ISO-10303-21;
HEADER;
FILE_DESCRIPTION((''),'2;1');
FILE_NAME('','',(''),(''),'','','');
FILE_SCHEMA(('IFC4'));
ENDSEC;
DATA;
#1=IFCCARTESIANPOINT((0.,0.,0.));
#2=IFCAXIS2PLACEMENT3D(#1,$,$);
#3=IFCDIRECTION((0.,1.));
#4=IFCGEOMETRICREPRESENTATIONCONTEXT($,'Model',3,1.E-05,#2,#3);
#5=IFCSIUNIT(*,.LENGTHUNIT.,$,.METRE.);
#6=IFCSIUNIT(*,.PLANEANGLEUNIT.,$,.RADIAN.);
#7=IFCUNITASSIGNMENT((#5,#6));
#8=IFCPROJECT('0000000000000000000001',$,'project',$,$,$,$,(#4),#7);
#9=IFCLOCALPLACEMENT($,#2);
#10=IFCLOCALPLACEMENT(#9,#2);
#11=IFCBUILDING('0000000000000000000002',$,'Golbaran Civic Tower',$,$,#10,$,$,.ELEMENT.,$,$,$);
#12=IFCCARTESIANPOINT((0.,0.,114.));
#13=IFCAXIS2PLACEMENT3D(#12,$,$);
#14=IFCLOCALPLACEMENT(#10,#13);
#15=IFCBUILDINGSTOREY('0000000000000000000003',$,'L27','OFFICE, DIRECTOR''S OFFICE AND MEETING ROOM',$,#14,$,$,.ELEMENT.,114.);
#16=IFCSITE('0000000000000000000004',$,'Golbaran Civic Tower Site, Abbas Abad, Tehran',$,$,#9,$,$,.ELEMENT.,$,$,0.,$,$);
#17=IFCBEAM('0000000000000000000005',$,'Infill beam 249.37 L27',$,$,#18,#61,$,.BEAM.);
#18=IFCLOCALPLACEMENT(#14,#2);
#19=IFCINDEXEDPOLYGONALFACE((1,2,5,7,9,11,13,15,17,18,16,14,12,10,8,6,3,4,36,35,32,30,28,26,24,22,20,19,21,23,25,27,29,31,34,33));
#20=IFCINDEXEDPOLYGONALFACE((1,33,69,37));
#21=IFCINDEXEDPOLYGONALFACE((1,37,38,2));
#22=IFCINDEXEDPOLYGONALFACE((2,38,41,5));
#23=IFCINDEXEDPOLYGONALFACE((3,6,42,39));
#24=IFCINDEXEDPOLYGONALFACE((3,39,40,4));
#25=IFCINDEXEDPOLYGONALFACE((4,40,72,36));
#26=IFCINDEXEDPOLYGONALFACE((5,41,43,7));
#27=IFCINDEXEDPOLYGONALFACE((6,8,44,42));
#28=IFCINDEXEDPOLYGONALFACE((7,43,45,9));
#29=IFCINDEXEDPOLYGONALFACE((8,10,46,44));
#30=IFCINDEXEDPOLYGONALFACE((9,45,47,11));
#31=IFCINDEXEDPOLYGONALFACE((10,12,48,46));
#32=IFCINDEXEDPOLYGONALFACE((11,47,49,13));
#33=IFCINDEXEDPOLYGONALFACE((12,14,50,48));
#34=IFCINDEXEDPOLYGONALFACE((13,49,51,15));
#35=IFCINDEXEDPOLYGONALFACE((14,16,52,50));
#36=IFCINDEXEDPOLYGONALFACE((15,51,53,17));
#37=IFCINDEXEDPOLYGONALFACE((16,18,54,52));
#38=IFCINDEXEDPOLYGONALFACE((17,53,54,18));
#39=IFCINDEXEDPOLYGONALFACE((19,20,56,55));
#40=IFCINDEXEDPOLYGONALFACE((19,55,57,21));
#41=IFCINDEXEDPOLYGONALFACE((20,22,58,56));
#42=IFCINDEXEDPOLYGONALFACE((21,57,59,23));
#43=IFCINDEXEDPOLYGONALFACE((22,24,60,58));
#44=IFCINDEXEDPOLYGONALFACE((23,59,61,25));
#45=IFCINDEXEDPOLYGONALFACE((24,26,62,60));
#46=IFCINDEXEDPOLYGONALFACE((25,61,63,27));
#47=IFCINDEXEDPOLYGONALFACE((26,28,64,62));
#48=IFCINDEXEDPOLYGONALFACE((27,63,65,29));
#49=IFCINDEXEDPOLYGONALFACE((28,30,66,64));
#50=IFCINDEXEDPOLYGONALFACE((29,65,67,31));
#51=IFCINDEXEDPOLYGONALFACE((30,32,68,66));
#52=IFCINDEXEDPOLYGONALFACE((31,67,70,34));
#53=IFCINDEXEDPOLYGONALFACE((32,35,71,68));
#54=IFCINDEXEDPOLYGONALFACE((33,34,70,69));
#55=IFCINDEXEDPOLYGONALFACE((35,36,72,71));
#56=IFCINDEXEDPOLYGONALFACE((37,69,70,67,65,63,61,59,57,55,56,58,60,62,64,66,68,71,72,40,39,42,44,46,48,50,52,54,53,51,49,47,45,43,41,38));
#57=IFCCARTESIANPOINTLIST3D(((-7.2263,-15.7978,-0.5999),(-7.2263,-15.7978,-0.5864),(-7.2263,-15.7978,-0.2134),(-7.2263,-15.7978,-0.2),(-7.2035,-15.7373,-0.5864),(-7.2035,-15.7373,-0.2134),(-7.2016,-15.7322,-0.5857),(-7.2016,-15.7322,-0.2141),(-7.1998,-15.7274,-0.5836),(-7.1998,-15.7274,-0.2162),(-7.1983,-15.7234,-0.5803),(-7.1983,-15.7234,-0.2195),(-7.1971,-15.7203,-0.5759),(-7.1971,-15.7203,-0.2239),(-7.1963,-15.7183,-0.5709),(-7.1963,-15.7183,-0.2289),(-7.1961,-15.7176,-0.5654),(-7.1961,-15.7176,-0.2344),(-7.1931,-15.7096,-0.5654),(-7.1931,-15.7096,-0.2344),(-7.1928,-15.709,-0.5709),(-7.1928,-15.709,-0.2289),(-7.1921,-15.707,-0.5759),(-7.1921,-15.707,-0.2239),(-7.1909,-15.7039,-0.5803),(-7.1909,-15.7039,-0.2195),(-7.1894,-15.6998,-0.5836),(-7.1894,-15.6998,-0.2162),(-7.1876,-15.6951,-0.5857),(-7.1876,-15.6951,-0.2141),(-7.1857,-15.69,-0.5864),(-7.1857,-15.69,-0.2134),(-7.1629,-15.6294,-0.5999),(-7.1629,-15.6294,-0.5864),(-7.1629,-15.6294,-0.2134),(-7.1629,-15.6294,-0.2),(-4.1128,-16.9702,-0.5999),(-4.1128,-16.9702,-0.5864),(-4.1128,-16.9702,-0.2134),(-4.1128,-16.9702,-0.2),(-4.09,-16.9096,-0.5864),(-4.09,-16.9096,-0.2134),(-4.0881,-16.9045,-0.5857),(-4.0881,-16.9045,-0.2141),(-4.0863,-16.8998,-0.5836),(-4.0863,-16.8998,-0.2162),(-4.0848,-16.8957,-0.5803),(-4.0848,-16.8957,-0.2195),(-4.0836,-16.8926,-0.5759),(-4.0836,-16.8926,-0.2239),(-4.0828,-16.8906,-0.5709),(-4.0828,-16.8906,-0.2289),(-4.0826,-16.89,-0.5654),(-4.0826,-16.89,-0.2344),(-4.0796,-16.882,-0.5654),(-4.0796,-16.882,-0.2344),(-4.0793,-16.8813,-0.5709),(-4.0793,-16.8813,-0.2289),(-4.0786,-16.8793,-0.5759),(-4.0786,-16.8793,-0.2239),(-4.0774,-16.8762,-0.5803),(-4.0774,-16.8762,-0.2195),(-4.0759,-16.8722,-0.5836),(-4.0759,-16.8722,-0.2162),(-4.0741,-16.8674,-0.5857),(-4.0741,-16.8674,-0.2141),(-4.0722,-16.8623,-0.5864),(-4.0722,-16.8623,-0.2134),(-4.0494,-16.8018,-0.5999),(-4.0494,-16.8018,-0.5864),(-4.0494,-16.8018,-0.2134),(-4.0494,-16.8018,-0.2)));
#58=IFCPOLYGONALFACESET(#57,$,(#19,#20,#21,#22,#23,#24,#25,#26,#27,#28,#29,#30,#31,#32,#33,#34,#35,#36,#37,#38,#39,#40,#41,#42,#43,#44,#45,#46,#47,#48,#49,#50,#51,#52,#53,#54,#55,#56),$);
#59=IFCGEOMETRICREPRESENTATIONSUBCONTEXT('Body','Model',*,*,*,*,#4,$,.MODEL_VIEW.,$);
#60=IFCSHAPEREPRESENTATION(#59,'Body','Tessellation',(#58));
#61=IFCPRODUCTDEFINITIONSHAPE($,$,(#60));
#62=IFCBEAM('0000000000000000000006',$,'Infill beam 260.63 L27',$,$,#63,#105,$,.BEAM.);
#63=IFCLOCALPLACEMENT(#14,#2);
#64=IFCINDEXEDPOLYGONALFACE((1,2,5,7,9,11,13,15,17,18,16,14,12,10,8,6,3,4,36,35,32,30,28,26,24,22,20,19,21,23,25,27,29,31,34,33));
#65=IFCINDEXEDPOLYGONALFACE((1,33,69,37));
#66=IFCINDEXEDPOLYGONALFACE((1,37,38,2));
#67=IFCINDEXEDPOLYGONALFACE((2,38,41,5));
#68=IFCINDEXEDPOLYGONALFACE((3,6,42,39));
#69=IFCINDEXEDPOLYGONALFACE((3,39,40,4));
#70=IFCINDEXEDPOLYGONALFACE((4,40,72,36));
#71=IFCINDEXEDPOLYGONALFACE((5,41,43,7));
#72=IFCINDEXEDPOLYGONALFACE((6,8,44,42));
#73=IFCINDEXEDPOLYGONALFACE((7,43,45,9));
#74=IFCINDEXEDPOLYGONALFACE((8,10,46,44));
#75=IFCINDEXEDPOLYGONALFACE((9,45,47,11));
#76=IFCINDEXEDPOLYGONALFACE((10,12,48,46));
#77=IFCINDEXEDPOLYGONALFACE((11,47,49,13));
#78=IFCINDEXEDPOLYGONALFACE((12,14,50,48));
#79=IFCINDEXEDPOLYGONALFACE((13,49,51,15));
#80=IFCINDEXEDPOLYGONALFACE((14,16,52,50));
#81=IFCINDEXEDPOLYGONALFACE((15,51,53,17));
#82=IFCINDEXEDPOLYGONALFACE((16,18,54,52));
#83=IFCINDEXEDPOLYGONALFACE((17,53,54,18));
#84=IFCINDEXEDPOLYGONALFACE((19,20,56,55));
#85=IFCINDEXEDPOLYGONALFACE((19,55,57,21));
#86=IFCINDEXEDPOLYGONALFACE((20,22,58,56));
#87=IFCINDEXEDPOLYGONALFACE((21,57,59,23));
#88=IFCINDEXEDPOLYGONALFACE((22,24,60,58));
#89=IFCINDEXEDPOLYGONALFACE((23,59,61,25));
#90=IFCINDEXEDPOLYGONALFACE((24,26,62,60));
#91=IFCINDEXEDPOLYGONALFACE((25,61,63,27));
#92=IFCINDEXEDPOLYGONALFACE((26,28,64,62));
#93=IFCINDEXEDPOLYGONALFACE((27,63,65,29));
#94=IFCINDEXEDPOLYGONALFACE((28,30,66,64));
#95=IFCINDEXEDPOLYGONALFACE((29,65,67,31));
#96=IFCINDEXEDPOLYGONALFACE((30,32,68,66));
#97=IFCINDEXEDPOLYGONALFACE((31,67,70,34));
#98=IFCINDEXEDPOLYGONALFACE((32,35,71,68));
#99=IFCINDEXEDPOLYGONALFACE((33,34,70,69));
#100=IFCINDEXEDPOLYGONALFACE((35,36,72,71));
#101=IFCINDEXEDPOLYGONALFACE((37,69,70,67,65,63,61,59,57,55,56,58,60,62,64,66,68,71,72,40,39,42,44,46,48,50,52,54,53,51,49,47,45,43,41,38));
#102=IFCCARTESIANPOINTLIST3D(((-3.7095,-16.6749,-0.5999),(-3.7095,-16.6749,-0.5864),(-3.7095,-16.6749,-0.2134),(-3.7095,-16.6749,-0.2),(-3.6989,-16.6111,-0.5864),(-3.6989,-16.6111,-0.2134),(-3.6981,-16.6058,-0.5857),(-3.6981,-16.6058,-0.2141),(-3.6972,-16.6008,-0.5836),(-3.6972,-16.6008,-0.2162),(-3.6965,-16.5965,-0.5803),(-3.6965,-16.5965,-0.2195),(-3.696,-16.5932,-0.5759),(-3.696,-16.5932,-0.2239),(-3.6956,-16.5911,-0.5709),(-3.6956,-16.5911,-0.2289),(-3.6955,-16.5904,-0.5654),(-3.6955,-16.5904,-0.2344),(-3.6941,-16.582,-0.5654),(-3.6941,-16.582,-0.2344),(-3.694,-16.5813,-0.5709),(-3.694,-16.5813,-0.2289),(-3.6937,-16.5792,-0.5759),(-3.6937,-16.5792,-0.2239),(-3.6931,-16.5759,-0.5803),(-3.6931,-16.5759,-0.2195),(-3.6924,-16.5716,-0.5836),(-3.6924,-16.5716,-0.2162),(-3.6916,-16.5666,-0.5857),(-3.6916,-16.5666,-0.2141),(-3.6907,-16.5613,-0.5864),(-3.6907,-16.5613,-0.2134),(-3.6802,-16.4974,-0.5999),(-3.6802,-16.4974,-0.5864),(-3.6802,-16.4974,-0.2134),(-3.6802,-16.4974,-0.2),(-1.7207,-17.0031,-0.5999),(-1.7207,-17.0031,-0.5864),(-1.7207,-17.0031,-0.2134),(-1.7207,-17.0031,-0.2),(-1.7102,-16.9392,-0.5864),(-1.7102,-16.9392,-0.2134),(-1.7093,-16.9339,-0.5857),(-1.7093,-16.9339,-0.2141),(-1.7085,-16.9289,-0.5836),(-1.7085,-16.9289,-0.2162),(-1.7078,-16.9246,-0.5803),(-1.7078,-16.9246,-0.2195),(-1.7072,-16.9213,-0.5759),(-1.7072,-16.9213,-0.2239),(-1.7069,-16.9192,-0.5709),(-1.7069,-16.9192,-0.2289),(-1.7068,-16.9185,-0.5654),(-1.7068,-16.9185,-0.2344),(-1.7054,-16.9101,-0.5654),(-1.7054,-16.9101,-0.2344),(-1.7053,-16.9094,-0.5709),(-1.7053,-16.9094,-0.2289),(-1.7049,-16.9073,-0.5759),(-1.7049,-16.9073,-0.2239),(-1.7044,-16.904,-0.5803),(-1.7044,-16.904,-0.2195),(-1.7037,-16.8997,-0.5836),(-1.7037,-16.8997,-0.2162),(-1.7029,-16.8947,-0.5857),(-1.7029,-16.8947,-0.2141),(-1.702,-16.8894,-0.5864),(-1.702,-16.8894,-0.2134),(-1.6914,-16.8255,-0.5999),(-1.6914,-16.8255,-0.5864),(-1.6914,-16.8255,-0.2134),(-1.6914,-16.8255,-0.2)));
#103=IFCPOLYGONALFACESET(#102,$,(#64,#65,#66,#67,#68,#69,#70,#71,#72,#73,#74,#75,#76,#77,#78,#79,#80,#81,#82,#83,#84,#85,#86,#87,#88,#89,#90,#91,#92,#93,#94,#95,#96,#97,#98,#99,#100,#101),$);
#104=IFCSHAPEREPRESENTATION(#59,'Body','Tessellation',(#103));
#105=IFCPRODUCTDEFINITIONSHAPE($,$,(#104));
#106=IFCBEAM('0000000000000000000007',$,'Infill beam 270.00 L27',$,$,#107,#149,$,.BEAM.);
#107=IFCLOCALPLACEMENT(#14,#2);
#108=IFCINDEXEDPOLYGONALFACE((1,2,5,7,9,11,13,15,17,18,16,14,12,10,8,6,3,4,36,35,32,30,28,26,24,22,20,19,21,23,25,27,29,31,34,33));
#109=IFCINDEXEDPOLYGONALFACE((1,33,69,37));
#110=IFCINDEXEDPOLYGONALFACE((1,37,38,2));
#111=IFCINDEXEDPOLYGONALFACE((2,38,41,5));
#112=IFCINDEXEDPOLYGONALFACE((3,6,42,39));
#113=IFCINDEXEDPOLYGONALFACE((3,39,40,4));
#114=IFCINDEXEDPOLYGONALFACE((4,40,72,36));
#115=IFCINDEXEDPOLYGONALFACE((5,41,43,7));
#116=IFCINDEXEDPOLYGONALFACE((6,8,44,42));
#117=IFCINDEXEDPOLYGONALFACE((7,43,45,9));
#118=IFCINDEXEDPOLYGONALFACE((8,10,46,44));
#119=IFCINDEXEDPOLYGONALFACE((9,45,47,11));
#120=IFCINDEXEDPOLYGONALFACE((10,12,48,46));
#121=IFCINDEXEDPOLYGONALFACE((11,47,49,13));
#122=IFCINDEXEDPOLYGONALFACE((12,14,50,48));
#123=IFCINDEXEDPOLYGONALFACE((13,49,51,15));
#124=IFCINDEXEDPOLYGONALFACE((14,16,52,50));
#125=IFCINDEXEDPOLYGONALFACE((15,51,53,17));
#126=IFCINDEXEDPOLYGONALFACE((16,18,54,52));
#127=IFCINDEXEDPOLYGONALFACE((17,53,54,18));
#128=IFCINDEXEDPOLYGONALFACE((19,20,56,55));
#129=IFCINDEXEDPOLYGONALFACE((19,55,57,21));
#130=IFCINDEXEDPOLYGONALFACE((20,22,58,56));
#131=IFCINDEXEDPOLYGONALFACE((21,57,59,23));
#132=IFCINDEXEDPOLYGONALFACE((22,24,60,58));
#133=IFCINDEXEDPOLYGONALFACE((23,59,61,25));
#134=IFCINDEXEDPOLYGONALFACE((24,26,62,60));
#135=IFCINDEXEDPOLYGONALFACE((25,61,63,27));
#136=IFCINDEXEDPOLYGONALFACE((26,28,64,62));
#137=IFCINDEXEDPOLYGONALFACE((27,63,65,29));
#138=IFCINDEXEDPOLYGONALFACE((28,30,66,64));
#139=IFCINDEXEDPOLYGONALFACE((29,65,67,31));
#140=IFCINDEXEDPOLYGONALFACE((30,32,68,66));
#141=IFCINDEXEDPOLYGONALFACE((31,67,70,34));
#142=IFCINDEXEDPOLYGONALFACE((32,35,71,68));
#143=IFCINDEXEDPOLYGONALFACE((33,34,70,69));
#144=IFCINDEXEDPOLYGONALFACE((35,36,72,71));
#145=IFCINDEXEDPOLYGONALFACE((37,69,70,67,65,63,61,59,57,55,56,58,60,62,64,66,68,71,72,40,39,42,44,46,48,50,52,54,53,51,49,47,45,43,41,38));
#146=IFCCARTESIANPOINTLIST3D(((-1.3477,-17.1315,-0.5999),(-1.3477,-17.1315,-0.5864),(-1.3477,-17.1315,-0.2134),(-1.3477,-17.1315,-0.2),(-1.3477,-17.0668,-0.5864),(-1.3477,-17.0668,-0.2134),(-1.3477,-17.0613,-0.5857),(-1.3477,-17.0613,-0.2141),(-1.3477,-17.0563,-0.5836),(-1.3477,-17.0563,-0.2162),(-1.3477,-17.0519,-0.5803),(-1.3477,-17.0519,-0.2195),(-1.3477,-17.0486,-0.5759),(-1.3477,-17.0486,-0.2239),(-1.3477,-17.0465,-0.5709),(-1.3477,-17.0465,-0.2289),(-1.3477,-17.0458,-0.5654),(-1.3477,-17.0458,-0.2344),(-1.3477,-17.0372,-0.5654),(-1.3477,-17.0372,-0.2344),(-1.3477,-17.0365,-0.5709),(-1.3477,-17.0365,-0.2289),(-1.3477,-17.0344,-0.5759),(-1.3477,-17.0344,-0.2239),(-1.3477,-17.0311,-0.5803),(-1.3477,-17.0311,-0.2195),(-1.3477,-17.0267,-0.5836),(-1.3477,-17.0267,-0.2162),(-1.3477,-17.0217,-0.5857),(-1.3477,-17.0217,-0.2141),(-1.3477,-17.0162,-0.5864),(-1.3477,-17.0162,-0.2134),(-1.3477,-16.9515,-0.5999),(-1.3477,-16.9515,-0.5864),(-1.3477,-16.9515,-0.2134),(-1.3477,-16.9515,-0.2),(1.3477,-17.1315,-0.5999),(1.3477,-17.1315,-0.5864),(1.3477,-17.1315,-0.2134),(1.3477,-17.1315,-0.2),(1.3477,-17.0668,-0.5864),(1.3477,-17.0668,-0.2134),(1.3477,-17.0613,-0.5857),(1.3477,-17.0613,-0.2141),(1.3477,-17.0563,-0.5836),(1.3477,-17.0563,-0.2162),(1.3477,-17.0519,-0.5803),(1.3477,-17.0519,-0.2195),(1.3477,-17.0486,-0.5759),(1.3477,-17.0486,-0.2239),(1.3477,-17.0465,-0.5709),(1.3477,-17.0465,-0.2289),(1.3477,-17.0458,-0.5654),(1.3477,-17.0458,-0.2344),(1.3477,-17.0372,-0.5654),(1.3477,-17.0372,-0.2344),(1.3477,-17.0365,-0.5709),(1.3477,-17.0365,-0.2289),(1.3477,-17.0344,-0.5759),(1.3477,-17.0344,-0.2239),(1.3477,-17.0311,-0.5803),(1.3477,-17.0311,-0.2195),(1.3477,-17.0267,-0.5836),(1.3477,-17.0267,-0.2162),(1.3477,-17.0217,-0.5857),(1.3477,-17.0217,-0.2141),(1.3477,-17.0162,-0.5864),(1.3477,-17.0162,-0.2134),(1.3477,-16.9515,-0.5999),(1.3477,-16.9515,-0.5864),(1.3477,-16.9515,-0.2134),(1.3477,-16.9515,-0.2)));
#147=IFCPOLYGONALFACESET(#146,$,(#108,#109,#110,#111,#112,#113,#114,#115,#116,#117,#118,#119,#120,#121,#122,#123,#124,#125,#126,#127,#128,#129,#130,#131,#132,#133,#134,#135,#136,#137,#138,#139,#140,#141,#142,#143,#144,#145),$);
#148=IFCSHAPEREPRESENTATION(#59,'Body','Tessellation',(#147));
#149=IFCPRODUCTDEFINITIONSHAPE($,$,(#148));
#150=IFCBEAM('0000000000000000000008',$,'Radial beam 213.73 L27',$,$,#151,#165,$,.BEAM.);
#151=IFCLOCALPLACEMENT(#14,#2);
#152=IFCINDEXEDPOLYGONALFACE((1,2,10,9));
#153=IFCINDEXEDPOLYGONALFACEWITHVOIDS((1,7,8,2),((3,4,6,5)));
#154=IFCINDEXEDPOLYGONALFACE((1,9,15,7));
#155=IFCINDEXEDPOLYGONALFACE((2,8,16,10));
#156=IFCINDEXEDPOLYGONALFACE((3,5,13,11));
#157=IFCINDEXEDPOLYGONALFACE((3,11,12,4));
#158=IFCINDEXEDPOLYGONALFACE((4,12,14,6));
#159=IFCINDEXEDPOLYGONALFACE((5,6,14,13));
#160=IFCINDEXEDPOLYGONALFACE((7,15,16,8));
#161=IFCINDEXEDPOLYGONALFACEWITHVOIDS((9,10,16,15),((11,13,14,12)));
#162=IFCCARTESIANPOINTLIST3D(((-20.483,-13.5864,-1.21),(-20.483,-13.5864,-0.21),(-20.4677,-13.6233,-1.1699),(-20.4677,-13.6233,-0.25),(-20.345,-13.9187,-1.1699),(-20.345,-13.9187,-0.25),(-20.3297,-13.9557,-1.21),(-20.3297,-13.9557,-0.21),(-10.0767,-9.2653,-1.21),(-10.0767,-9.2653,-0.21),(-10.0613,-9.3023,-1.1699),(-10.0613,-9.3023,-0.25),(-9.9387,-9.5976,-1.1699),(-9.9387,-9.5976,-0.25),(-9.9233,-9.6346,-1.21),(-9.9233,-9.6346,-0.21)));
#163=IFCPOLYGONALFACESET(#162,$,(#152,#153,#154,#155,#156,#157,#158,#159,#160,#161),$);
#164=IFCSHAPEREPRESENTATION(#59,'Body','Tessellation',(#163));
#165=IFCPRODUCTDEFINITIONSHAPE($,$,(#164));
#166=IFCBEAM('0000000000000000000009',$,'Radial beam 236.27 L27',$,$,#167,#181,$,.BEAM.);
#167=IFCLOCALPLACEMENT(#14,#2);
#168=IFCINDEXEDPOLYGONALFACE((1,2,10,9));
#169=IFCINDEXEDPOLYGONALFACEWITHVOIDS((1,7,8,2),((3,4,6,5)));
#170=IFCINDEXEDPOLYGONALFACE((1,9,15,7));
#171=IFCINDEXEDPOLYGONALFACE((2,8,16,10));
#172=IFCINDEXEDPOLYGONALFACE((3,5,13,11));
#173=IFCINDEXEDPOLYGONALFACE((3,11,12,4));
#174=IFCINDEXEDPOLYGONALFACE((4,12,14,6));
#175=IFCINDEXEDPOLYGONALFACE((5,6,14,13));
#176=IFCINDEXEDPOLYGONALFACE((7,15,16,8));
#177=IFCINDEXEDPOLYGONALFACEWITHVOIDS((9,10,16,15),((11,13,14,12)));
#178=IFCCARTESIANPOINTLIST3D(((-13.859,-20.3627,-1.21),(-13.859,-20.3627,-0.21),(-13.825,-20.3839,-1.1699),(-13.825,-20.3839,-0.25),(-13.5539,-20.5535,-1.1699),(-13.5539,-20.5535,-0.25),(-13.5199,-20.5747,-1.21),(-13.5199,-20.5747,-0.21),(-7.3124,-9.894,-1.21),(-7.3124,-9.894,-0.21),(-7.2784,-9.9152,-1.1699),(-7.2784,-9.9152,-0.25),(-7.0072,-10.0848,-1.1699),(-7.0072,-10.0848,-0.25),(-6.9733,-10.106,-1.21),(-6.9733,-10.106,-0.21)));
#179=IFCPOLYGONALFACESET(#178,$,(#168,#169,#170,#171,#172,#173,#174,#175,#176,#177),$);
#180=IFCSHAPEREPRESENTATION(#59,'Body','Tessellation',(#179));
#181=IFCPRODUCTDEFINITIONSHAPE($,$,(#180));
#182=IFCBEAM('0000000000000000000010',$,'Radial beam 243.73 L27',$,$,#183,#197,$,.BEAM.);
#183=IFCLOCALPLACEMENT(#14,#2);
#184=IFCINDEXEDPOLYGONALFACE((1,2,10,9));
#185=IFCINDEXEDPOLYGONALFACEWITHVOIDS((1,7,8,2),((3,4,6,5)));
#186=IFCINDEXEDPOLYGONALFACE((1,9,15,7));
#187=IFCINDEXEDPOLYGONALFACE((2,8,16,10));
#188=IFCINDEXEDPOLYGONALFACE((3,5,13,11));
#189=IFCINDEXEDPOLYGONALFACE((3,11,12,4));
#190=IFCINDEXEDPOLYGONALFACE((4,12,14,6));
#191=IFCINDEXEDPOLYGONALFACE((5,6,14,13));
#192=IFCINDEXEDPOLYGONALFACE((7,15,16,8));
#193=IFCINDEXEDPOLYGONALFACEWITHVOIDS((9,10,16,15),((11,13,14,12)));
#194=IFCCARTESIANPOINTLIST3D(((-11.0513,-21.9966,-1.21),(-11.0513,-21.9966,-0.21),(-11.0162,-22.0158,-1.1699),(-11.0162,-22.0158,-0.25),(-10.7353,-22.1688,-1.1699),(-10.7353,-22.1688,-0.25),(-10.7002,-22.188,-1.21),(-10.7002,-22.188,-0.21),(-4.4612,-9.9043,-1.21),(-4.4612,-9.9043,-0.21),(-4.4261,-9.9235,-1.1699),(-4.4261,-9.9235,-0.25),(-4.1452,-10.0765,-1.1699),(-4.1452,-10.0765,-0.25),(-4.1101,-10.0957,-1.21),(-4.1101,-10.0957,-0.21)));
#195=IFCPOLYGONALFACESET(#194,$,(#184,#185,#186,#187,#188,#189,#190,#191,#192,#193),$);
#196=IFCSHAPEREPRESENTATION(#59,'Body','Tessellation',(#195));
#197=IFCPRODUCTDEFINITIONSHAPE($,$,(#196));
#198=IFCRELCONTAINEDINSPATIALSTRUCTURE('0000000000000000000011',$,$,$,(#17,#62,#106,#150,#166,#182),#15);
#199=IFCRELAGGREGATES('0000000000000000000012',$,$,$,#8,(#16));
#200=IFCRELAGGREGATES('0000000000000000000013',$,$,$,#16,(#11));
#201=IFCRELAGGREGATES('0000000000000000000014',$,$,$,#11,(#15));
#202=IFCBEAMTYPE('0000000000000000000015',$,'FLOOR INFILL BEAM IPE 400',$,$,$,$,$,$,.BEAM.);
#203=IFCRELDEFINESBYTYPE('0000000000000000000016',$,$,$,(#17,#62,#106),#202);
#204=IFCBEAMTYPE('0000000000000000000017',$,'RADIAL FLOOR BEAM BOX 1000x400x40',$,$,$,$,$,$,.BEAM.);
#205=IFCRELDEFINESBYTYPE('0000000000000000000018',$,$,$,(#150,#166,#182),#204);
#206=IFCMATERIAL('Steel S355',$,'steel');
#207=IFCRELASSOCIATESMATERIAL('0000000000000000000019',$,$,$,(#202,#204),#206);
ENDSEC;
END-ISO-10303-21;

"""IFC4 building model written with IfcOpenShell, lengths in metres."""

from ifc_helpers import new_model, si_unit, direction, frame, origin, origin_2d, place, context, subcontext, project, spatial, hollow_rectangle, i_section, extrude, material, material_profile, profile_set, type_object, element, save


model = new_model("IFC4")

# Units and contexts
model_context = context("Model", 3, precision=1e-05, world=origin(), true_north=direction((0.0, 1.0)))
body_context = subcontext(model_context, "Body", "Model", "MODEL_VIEW")
ifc_project = project(units=[si_unit("LENGTHUNIT", "METRE"), si_unit("PLANEANGLEUNIT", "RADIAN")], contexts=[model_context])

# Site, building, storey
site_placement = place(None, origin())
site = spatial("IfcSite", under=ifc_project, at=site_placement, Name="Golbaran Civic Tower Site, Abbas Abad, Tehran", CompositionType="ELEMENT", RefElevation=0.0)
building_placement = place(site_placement, origin())
building = spatial("IfcBuilding", under=site, at=building_placement, Name="Golbaran Civic Tower", CompositionType="ELEMENT")
storey_placement = place(building_placement, frame((0.0, 0.0, 114.0)))
storey = spatial("IfcBuildingStorey", under=building, at=storey_placement, Name="L27", Description="OFFICE, DIRECTOR'S OFFICE AND MEETING ROOM", CompositionType="ELEMENT", Elevation=114.0)

# Beams
ifc_material_1 = material(Name="Steel S355", Category="steel")
ifc_material_profile_1 = material_profile(ifc_material_1, i_section(OverallWidth=0.1799, OverallDepth=0.3999, WebThickness=0.0085, FlangeThickness=0.0134, FilletRadius=0.021, at=origin_2d()), Name="IPE 400")
ifc_profile_set_1 = profile_set([ifc_material_profile_1], Name="Steel S355")
beam_type_1 = type_object("IfcBeamType", Name="FLOOR INFILL BEAM IPE 400", PredefinedType="BEAM", material=ifc_profile_set_1)
beam_1_placement = place(storey_placement, frame((-7.1946, -15.7136, -0.3999), z_axis=(0.935855, -0.352386, 0.0), x_axis=(0.352386, 0.935855, 0.0)))
element("IfcBeam", 1, at=beam_1_placement, inside=storey, type_object=beam_type_1, Name="Infill beam 249.37 L27", PredefinedType="BEAM", context=body_context, shape_type="SweptSolid", body=[
    extrude(i_section(OverallWidth=0.1799, OverallDepth=0.3999, WebThickness=0.0085, FlangeThickness=0.0134, FilletRadius=0.021, at=origin_2d()), origin(), (0.0, 0.0, 1.0), 3.3269),
])
beam_2_placement = place(storey_placement, frame((-3.6948, -16.5862, -0.3999), z_axis=(0.986661, -0.162788, 0.0), x_axis=(0.162788, 0.986661, 0.0)))
element("IfcBeam", 2, at=beam_2_placement, inside=storey, type_object=beam_type_1, Name="Infill beam 260.63 L27", PredefinedType="BEAM", context=body_context, shape_type="SweptSolid", body=[
    extrude(i_section(OverallWidth=0.1799, OverallDepth=0.3999, WebThickness=0.0085, FlangeThickness=0.0134, FilletRadius=0.021, at=origin_2d()), origin(), (0.0, 0.0, 1.0), 2.0156),
])
beam_3_placement = place(storey_placement, frame((-1.3477, -17.0415, -0.3999), z_axis=(1.0, 0.0, 0.0), x_axis=(0.0, 1.0, 0.0)))
element("IfcBeam", 3, at=beam_3_placement, inside=storey, type_object=beam_type_1, Name="Infill beam 270.00 L27", PredefinedType="BEAM", context=body_context, shape_type="SweptSolid", body=[
    extrude(i_section(OverallWidth=0.1799, OverallDepth=0.3999, WebThickness=0.0085, FlangeThickness=0.0134, FilletRadius=0.021, at=origin_2d()), origin(), (0.0, 0.0, 1.0), 2.6953),
])
ifc_material_profile_2 = material_profile(ifc_material_1, hollow_rectangle(XDim=0.3999, YDim=1.0, WallThickness=0.04, at=origin_2d()), Name="BOX 1000x400x40")
ifc_profile_set_2 = profile_set([ifc_material_profile_2], Name="Steel S355")
beam_type_2 = type_object("IfcBeamType", Name="RADIAL FLOOR BEAM BOX 1000x400x40", PredefinedType="BEAM", material=ifc_profile_set_2)
beam_4_placement = place(storey_placement, frame((-10.0, -9.45, -0.71), z_axis=(-0.923545, -0.383489, 0.0), x_axis=(0.383489, -0.923545, 0.0)))
element("IfcBeam", 4, at=beam_4_placement, inside=storey, type_object=beam_type_2, Name="Radial beam 213.73 L27", PredefinedType="BEAM", context=body_context, shape_type="SweptSolid", body=[
    extrude(hollow_rectangle(XDim=0.3999, YDim=1.0, WallThickness=0.04, at=origin_2d()), origin(), (0.0, 0.0, 1.0), 11.2678),
])
beam_5_placement = place(storey_placement, frame((-7.1428, -10.0, -0.71), z_axis=(-0.530212, -0.847865, 0.0), x_axis=(0.847865, -0.530212, 0.0)))
element("IfcBeam", 5, at=beam_5_placement, inside=storey, type_object=beam_type_2, Name="Radial beam 236.27 L27", PredefinedType="BEAM", context=body_context, shape_type="SweptSolid", body=[
    extrude(hollow_rectangle(XDim=0.3999, YDim=1.0, WallThickness=0.04, at=origin_2d()), origin(), (0.0, 0.0, 1.0), 12.3472),
])
beam_6_placement = place(storey_placement, frame((-4.2856, -10.0, -0.71), z_axis=(-0.478533, -0.87807, 0.0), x_axis=(0.87807, -0.478533, 0.0)))
element("IfcBeam", 6, at=beam_6_placement, inside=storey, type_object=beam_type_2, Name="Radial beam 243.73 L27", PredefinedType="BEAM", context=body_context, shape_type="SweptSolid", body=[
    extrude(hollow_rectangle(XDim=0.3999, YDim=1.0, WallThickness=0.04, at=origin_2d()), origin(), (0.0, 0.0, 1.0), 13.7715),
])

save(model, "model.ifc")
